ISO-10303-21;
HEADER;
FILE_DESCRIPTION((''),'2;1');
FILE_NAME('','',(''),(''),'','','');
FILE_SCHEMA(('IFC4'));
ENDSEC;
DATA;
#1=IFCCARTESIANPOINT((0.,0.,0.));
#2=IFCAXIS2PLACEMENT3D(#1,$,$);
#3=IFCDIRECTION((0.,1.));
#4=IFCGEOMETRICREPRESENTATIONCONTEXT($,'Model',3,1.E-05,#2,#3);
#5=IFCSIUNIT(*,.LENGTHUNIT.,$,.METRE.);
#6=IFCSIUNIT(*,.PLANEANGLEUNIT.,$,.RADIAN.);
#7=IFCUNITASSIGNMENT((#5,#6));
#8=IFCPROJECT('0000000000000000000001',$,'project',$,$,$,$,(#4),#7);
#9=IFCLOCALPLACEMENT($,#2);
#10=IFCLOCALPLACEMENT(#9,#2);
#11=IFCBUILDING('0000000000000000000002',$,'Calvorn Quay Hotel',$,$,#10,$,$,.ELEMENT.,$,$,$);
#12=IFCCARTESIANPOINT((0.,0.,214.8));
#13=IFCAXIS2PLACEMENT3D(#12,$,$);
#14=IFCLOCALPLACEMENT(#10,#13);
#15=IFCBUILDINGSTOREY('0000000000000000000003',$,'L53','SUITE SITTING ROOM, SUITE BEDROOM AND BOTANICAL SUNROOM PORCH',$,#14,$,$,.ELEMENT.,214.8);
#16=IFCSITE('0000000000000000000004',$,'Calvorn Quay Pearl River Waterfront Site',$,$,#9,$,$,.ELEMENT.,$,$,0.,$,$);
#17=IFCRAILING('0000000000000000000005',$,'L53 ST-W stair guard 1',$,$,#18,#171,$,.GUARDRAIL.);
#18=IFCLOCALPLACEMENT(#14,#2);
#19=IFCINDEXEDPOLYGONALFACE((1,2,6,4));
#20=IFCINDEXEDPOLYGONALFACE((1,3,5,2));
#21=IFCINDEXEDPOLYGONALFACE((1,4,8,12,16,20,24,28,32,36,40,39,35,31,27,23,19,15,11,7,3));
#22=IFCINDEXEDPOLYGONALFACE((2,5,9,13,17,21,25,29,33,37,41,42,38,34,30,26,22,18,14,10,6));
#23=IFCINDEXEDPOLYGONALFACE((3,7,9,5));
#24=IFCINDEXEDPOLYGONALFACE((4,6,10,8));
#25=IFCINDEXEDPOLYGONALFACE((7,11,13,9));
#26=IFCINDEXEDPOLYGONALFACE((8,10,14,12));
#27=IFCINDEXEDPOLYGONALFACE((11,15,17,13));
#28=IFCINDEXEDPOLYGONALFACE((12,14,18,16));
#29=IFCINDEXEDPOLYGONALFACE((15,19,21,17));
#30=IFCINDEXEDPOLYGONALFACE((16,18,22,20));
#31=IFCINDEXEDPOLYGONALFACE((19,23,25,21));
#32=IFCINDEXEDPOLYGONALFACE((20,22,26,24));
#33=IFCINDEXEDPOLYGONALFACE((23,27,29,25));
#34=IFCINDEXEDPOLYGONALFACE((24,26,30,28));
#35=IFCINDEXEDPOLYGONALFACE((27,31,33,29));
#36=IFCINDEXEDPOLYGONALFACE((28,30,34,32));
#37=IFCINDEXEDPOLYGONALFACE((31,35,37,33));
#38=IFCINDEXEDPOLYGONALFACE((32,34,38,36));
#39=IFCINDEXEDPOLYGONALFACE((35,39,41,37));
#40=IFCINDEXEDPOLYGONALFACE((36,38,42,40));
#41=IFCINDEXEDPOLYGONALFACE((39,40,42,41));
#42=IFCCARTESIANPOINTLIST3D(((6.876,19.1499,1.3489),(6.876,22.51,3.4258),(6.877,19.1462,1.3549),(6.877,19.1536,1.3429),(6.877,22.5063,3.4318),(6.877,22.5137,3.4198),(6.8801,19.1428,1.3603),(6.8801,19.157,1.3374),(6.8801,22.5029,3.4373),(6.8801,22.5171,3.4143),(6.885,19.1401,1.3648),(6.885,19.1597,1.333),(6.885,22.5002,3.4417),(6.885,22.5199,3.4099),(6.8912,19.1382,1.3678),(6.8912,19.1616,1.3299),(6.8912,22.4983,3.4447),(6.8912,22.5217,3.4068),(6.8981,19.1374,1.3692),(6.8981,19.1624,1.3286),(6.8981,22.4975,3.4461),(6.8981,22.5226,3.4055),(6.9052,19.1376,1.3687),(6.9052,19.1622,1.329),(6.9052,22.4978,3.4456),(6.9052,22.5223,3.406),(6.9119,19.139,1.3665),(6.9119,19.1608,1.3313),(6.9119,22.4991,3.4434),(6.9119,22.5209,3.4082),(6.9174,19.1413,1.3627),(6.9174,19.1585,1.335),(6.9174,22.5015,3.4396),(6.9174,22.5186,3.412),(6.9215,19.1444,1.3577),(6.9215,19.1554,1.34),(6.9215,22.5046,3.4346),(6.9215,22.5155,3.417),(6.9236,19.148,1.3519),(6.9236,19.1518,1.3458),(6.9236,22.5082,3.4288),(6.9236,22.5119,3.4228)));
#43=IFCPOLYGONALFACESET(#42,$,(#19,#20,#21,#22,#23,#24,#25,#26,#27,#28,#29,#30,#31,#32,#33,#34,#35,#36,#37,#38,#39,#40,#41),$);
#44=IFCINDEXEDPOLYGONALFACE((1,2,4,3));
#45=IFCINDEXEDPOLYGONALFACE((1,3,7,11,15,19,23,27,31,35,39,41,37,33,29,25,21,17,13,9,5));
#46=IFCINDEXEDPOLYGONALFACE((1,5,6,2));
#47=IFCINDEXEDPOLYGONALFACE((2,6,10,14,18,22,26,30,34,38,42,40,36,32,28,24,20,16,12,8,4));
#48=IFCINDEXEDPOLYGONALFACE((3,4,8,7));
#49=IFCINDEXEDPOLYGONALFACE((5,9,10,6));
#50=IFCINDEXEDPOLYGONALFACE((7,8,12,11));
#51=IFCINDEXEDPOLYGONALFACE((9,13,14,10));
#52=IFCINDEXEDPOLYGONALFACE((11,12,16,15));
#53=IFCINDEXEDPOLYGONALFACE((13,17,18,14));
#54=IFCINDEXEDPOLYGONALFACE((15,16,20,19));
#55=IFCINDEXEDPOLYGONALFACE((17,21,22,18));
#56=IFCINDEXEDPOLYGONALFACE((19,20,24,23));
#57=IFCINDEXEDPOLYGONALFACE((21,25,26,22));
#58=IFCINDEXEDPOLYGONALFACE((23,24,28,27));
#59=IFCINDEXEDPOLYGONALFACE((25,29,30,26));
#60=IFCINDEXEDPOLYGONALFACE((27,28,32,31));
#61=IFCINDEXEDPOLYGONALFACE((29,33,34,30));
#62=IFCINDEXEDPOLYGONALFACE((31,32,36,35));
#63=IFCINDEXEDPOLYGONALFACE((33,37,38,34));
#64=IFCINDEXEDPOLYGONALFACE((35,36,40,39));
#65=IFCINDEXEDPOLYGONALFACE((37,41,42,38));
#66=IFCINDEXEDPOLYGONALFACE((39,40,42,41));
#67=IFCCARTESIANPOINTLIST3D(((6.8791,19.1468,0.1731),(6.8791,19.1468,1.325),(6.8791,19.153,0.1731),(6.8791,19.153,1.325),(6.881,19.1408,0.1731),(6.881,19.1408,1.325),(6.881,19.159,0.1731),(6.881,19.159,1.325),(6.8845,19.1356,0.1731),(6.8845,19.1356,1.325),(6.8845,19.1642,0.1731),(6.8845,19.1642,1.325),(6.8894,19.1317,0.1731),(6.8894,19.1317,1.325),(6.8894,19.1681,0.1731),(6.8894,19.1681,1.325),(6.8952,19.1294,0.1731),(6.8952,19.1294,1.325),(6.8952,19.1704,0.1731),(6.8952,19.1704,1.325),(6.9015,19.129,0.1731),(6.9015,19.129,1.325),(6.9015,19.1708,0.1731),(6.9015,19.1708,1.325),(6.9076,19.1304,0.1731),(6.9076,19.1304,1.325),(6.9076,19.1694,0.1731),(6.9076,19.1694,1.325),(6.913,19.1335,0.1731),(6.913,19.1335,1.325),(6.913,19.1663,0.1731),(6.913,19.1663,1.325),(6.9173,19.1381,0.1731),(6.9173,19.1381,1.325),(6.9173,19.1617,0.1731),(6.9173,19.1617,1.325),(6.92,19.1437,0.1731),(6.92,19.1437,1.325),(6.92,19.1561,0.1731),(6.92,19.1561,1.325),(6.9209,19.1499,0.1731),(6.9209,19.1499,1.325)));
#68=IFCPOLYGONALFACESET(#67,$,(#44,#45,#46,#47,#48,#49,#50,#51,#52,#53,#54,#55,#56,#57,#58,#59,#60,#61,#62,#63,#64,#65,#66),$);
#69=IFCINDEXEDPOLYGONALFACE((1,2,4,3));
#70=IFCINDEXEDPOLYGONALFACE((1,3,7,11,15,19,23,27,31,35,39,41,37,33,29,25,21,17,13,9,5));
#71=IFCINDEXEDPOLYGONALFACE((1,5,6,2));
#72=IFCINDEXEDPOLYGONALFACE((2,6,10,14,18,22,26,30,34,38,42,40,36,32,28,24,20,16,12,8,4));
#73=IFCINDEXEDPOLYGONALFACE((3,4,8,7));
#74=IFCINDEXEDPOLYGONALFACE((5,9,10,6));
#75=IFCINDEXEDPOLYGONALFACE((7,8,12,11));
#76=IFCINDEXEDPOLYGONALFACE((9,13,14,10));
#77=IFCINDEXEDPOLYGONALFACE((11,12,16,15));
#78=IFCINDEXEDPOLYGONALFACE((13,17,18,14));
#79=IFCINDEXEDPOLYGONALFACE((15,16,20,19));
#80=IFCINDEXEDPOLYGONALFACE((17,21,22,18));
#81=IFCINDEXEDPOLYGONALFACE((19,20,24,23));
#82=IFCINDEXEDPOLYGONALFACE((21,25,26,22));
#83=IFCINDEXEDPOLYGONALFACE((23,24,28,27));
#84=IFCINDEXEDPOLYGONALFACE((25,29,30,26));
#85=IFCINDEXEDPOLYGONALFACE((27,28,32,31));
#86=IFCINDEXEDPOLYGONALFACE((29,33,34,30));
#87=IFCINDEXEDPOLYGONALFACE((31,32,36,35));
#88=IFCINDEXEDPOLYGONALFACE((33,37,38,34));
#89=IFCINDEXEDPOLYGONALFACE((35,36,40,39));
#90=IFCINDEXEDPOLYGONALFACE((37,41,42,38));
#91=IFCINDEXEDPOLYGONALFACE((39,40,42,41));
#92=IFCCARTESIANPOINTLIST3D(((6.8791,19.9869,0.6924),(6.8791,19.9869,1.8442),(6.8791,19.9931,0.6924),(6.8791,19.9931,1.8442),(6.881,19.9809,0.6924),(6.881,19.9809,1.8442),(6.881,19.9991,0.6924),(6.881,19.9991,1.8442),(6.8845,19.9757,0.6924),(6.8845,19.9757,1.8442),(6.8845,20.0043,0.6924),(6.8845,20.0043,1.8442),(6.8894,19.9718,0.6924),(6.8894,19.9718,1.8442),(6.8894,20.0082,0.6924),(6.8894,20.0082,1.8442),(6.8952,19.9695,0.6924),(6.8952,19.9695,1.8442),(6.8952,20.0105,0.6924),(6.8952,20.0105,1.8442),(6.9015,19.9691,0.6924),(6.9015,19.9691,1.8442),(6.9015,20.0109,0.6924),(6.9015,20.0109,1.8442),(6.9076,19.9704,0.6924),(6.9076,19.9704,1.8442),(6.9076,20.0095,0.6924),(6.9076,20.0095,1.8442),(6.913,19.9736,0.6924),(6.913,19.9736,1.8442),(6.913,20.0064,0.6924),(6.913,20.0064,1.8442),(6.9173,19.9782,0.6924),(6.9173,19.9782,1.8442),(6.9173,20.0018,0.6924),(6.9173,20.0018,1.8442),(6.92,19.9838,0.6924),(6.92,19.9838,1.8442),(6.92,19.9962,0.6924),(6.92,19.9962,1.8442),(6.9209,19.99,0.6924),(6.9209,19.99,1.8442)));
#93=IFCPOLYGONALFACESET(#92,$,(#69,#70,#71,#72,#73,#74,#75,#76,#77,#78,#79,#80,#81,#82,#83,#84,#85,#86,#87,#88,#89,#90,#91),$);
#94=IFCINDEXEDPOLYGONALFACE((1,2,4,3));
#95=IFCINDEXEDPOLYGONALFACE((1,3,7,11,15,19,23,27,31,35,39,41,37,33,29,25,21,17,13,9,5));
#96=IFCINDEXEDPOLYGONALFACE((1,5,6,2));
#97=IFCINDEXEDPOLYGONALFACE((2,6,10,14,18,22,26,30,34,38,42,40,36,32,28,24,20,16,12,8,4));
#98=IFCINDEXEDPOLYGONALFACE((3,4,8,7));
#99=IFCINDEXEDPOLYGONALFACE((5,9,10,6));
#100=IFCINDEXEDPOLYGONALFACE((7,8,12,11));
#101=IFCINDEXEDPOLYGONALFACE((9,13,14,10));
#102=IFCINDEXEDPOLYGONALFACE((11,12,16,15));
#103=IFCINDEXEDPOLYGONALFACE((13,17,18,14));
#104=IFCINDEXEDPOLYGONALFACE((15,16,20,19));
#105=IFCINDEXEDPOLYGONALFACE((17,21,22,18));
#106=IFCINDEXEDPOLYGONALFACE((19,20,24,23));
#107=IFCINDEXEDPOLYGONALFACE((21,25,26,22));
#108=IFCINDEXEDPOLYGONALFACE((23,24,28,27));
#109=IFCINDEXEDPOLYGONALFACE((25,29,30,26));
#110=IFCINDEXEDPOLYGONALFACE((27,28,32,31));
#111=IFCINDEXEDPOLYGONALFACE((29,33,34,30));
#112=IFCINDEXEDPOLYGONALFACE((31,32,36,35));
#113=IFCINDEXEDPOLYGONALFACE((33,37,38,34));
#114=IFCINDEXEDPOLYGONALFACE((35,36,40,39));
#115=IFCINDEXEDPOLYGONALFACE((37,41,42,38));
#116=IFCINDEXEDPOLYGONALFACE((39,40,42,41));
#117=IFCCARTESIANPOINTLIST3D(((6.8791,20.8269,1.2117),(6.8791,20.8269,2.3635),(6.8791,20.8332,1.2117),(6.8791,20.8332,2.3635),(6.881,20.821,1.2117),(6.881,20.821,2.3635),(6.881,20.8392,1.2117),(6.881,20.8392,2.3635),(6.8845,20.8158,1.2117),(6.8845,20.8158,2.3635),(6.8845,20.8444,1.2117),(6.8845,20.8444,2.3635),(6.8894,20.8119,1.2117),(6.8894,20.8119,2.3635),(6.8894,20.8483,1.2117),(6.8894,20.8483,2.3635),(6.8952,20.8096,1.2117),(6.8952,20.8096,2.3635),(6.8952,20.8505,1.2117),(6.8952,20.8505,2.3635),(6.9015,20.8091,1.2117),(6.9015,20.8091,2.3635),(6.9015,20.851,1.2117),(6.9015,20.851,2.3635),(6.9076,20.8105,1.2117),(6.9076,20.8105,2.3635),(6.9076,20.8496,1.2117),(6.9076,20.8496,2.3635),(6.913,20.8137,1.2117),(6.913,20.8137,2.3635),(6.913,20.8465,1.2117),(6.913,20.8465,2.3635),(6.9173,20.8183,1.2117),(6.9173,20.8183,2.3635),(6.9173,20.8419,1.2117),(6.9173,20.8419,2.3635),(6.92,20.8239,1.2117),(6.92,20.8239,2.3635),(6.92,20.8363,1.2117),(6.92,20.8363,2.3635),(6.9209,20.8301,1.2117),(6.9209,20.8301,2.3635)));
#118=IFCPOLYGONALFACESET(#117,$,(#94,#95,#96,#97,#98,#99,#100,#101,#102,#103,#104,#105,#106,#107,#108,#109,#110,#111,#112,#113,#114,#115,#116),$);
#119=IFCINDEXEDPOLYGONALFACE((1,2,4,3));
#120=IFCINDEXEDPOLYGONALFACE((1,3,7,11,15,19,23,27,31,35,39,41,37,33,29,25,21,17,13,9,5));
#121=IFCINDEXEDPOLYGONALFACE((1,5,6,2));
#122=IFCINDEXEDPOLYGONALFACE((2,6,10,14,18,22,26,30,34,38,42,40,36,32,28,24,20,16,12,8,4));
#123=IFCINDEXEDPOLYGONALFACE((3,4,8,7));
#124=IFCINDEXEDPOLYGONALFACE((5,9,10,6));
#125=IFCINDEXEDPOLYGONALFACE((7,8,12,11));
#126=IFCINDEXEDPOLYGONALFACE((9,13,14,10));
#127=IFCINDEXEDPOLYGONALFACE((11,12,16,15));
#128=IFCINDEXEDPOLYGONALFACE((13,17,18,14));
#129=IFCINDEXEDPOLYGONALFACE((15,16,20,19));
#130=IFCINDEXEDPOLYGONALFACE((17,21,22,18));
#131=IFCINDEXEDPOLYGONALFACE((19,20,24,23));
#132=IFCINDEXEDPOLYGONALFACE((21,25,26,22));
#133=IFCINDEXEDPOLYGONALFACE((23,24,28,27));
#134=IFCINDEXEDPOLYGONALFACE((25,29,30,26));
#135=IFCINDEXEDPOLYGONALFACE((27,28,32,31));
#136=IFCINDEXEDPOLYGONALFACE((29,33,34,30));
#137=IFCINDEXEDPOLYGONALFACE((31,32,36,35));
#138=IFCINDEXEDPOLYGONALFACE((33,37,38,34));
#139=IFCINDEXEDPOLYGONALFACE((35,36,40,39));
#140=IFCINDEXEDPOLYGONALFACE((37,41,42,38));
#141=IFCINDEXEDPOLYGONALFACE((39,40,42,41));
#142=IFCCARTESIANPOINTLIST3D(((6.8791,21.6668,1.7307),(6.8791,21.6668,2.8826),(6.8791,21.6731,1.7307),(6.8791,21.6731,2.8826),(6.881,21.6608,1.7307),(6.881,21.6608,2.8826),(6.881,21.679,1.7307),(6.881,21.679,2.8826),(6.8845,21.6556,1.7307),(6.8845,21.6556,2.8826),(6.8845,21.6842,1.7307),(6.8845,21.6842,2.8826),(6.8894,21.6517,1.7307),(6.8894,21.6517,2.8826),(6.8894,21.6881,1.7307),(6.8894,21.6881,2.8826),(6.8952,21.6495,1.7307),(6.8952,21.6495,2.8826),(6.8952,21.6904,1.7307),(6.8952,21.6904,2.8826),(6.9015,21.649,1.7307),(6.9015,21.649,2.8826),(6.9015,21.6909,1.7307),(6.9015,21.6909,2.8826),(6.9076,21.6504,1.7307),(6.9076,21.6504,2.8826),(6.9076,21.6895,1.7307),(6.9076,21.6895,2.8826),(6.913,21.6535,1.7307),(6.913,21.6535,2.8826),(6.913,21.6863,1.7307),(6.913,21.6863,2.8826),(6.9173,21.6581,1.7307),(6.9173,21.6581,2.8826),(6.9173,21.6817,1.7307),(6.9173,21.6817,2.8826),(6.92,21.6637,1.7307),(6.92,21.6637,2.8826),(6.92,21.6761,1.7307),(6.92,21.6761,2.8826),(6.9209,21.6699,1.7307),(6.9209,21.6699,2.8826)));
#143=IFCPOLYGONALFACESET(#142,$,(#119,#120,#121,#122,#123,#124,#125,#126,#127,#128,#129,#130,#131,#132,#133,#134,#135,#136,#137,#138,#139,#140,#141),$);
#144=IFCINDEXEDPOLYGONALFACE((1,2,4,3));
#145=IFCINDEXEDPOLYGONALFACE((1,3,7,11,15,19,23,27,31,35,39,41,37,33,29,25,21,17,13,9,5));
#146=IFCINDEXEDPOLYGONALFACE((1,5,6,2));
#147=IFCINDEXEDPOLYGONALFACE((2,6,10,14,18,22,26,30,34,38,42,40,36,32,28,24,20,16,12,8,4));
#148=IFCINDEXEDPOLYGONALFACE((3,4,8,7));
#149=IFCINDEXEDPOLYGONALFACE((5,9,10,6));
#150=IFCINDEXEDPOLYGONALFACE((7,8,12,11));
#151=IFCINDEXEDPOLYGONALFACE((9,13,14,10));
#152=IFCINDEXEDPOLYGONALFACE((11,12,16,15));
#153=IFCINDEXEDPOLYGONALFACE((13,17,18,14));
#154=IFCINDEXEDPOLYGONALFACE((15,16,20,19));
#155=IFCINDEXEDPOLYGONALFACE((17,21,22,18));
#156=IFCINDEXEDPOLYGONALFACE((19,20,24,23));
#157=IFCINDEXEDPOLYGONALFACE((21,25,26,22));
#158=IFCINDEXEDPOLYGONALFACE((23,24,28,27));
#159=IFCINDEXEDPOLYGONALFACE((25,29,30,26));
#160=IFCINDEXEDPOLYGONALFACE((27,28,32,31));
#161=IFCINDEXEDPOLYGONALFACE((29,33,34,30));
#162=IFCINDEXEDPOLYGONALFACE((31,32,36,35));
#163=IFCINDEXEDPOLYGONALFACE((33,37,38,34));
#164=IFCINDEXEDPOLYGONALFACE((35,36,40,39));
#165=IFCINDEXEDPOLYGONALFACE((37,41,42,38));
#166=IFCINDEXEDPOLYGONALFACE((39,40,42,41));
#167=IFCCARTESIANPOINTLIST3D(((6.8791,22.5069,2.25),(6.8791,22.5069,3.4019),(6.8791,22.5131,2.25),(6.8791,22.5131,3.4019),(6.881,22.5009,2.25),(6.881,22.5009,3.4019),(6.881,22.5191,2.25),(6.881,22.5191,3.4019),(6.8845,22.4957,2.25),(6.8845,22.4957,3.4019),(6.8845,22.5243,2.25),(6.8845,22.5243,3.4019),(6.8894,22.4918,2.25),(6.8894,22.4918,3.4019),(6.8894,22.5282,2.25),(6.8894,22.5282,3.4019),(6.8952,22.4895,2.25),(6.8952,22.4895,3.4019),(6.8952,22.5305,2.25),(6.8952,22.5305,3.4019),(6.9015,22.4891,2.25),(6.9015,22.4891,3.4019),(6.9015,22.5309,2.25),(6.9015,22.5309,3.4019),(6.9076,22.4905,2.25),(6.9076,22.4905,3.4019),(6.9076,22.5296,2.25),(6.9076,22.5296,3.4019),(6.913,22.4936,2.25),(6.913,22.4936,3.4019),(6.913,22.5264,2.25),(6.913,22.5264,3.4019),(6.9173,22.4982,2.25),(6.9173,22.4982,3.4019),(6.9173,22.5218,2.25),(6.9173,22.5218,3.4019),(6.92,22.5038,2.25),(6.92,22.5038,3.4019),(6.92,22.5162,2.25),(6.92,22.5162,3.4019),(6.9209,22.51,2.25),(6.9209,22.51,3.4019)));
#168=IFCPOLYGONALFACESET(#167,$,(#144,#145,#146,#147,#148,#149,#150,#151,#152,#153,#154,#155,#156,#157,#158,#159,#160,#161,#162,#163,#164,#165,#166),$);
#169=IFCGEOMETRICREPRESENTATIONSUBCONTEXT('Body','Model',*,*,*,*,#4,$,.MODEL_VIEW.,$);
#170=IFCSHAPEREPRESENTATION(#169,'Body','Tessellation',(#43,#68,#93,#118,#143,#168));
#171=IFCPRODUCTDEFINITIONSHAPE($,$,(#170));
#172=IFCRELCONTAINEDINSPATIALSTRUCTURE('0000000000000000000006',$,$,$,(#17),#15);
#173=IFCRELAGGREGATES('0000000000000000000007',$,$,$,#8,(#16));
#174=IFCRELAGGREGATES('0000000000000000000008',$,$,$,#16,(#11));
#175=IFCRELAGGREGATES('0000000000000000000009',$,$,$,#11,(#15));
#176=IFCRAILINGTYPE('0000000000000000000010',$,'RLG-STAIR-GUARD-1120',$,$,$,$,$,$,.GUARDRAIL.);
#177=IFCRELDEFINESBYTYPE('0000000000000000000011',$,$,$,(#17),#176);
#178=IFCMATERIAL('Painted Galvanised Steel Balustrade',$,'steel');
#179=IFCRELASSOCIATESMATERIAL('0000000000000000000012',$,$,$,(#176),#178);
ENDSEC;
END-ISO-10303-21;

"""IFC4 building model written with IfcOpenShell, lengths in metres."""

from ifc_helpers import new_model, si_unit, direction, frame, origin, origin_2d, place, context, subcontext, project, spatial, circle, extrude, material, type_object, element, save


model = new_model("IFC4")

# Units and contexts
model_context = context("Model", 3, precision=1e-05, world=origin(), true_north=direction((0.0, 1.0)))
body_context = subcontext(model_context, "Body", "Model", "MODEL_VIEW")
ifc_project = project(units=[si_unit("LENGTHUNIT", "METRE"), si_unit("PLANEANGLEUNIT", "RADIAN")], contexts=[model_context])

# Site, building, storey
site_placement = place(None, origin())
site = spatial("IfcSite", under=ifc_project, at=site_placement, Name="Calvorn Quay Pearl River Waterfront Site", CompositionType="ELEMENT", RefElevation=0.0)
building_placement = place(site_placement, origin())
building = spatial("IfcBuilding", under=site, at=building_placement, Name="Calvorn Quay Hotel", CompositionType="ELEMENT")
storey_placement = place(building_placement, frame((0.0, 0.0, 214.8)))
storey = spatial("IfcBuildingStorey", under=building, at=storey_placement, Name="L53", Description="SUITE SITTING ROOM, SUITE BEDROOM AND BOTANICAL SUNROOM PORCH", CompositionType="ELEMENT", Elevation=214.8)

# Railing
ifc_material_1 = material(Name="Painted Galvanised Steel Balustrade", Category="steel")
railing_type_1 = type_object("IfcRailingType", Name="RLG-STAIR-GUARD-1120", PredefinedType="GUARDRAIL", material=ifc_material_1)
railing_1_placement = place(storey_placement, frame((6.8999, 19.1499, 0.1731)))
element("IfcRailing", 1, at=railing_1_placement, inside=storey, type_object=railing_type_1, Name="L53 ST-W stair guard 1", PredefinedType="GUARDRAIL", context=body_context, shape_type="SweptSolid", body=[
    extrude(circle(Radius=0.0239, at=origin_2d()), frame((0.0, 0.0, 1.1758), z_axis=(0.0, 0.850623, 0.525776), x_axis=(-1.0, 0.0, 0.0)), (0.0, 0.0, 1.0), 3.9502),
    extrude(circle(Radius=0.021, at=origin_2d()), origin(), (0.0, 0.0, 1.0), 1.1519),
    extrude(circle(Radius=0.021, at=origin_2d()), frame((0.0, 0.8401, 0.5193)), (0.0, 0.0, 1.0), 1.1519),
    extrude(circle(Radius=0.021, at=origin_2d()), frame((0.0, 1.6802, 1.0386)), (0.0, 0.0, 1.0), 1.1519),
    extrude(circle(Radius=0.021, at=origin_2d()), frame((0.0, 2.52, 1.5576)), (0.0, 0.0, 1.0), 1.1519),
    extrude(circle(Radius=0.021, at=origin_2d()), frame((0.0, 3.3601, 2.0769)), (0.0, 0.0, 1.0), 1.1519),
])

save(model, "model.ifc")
